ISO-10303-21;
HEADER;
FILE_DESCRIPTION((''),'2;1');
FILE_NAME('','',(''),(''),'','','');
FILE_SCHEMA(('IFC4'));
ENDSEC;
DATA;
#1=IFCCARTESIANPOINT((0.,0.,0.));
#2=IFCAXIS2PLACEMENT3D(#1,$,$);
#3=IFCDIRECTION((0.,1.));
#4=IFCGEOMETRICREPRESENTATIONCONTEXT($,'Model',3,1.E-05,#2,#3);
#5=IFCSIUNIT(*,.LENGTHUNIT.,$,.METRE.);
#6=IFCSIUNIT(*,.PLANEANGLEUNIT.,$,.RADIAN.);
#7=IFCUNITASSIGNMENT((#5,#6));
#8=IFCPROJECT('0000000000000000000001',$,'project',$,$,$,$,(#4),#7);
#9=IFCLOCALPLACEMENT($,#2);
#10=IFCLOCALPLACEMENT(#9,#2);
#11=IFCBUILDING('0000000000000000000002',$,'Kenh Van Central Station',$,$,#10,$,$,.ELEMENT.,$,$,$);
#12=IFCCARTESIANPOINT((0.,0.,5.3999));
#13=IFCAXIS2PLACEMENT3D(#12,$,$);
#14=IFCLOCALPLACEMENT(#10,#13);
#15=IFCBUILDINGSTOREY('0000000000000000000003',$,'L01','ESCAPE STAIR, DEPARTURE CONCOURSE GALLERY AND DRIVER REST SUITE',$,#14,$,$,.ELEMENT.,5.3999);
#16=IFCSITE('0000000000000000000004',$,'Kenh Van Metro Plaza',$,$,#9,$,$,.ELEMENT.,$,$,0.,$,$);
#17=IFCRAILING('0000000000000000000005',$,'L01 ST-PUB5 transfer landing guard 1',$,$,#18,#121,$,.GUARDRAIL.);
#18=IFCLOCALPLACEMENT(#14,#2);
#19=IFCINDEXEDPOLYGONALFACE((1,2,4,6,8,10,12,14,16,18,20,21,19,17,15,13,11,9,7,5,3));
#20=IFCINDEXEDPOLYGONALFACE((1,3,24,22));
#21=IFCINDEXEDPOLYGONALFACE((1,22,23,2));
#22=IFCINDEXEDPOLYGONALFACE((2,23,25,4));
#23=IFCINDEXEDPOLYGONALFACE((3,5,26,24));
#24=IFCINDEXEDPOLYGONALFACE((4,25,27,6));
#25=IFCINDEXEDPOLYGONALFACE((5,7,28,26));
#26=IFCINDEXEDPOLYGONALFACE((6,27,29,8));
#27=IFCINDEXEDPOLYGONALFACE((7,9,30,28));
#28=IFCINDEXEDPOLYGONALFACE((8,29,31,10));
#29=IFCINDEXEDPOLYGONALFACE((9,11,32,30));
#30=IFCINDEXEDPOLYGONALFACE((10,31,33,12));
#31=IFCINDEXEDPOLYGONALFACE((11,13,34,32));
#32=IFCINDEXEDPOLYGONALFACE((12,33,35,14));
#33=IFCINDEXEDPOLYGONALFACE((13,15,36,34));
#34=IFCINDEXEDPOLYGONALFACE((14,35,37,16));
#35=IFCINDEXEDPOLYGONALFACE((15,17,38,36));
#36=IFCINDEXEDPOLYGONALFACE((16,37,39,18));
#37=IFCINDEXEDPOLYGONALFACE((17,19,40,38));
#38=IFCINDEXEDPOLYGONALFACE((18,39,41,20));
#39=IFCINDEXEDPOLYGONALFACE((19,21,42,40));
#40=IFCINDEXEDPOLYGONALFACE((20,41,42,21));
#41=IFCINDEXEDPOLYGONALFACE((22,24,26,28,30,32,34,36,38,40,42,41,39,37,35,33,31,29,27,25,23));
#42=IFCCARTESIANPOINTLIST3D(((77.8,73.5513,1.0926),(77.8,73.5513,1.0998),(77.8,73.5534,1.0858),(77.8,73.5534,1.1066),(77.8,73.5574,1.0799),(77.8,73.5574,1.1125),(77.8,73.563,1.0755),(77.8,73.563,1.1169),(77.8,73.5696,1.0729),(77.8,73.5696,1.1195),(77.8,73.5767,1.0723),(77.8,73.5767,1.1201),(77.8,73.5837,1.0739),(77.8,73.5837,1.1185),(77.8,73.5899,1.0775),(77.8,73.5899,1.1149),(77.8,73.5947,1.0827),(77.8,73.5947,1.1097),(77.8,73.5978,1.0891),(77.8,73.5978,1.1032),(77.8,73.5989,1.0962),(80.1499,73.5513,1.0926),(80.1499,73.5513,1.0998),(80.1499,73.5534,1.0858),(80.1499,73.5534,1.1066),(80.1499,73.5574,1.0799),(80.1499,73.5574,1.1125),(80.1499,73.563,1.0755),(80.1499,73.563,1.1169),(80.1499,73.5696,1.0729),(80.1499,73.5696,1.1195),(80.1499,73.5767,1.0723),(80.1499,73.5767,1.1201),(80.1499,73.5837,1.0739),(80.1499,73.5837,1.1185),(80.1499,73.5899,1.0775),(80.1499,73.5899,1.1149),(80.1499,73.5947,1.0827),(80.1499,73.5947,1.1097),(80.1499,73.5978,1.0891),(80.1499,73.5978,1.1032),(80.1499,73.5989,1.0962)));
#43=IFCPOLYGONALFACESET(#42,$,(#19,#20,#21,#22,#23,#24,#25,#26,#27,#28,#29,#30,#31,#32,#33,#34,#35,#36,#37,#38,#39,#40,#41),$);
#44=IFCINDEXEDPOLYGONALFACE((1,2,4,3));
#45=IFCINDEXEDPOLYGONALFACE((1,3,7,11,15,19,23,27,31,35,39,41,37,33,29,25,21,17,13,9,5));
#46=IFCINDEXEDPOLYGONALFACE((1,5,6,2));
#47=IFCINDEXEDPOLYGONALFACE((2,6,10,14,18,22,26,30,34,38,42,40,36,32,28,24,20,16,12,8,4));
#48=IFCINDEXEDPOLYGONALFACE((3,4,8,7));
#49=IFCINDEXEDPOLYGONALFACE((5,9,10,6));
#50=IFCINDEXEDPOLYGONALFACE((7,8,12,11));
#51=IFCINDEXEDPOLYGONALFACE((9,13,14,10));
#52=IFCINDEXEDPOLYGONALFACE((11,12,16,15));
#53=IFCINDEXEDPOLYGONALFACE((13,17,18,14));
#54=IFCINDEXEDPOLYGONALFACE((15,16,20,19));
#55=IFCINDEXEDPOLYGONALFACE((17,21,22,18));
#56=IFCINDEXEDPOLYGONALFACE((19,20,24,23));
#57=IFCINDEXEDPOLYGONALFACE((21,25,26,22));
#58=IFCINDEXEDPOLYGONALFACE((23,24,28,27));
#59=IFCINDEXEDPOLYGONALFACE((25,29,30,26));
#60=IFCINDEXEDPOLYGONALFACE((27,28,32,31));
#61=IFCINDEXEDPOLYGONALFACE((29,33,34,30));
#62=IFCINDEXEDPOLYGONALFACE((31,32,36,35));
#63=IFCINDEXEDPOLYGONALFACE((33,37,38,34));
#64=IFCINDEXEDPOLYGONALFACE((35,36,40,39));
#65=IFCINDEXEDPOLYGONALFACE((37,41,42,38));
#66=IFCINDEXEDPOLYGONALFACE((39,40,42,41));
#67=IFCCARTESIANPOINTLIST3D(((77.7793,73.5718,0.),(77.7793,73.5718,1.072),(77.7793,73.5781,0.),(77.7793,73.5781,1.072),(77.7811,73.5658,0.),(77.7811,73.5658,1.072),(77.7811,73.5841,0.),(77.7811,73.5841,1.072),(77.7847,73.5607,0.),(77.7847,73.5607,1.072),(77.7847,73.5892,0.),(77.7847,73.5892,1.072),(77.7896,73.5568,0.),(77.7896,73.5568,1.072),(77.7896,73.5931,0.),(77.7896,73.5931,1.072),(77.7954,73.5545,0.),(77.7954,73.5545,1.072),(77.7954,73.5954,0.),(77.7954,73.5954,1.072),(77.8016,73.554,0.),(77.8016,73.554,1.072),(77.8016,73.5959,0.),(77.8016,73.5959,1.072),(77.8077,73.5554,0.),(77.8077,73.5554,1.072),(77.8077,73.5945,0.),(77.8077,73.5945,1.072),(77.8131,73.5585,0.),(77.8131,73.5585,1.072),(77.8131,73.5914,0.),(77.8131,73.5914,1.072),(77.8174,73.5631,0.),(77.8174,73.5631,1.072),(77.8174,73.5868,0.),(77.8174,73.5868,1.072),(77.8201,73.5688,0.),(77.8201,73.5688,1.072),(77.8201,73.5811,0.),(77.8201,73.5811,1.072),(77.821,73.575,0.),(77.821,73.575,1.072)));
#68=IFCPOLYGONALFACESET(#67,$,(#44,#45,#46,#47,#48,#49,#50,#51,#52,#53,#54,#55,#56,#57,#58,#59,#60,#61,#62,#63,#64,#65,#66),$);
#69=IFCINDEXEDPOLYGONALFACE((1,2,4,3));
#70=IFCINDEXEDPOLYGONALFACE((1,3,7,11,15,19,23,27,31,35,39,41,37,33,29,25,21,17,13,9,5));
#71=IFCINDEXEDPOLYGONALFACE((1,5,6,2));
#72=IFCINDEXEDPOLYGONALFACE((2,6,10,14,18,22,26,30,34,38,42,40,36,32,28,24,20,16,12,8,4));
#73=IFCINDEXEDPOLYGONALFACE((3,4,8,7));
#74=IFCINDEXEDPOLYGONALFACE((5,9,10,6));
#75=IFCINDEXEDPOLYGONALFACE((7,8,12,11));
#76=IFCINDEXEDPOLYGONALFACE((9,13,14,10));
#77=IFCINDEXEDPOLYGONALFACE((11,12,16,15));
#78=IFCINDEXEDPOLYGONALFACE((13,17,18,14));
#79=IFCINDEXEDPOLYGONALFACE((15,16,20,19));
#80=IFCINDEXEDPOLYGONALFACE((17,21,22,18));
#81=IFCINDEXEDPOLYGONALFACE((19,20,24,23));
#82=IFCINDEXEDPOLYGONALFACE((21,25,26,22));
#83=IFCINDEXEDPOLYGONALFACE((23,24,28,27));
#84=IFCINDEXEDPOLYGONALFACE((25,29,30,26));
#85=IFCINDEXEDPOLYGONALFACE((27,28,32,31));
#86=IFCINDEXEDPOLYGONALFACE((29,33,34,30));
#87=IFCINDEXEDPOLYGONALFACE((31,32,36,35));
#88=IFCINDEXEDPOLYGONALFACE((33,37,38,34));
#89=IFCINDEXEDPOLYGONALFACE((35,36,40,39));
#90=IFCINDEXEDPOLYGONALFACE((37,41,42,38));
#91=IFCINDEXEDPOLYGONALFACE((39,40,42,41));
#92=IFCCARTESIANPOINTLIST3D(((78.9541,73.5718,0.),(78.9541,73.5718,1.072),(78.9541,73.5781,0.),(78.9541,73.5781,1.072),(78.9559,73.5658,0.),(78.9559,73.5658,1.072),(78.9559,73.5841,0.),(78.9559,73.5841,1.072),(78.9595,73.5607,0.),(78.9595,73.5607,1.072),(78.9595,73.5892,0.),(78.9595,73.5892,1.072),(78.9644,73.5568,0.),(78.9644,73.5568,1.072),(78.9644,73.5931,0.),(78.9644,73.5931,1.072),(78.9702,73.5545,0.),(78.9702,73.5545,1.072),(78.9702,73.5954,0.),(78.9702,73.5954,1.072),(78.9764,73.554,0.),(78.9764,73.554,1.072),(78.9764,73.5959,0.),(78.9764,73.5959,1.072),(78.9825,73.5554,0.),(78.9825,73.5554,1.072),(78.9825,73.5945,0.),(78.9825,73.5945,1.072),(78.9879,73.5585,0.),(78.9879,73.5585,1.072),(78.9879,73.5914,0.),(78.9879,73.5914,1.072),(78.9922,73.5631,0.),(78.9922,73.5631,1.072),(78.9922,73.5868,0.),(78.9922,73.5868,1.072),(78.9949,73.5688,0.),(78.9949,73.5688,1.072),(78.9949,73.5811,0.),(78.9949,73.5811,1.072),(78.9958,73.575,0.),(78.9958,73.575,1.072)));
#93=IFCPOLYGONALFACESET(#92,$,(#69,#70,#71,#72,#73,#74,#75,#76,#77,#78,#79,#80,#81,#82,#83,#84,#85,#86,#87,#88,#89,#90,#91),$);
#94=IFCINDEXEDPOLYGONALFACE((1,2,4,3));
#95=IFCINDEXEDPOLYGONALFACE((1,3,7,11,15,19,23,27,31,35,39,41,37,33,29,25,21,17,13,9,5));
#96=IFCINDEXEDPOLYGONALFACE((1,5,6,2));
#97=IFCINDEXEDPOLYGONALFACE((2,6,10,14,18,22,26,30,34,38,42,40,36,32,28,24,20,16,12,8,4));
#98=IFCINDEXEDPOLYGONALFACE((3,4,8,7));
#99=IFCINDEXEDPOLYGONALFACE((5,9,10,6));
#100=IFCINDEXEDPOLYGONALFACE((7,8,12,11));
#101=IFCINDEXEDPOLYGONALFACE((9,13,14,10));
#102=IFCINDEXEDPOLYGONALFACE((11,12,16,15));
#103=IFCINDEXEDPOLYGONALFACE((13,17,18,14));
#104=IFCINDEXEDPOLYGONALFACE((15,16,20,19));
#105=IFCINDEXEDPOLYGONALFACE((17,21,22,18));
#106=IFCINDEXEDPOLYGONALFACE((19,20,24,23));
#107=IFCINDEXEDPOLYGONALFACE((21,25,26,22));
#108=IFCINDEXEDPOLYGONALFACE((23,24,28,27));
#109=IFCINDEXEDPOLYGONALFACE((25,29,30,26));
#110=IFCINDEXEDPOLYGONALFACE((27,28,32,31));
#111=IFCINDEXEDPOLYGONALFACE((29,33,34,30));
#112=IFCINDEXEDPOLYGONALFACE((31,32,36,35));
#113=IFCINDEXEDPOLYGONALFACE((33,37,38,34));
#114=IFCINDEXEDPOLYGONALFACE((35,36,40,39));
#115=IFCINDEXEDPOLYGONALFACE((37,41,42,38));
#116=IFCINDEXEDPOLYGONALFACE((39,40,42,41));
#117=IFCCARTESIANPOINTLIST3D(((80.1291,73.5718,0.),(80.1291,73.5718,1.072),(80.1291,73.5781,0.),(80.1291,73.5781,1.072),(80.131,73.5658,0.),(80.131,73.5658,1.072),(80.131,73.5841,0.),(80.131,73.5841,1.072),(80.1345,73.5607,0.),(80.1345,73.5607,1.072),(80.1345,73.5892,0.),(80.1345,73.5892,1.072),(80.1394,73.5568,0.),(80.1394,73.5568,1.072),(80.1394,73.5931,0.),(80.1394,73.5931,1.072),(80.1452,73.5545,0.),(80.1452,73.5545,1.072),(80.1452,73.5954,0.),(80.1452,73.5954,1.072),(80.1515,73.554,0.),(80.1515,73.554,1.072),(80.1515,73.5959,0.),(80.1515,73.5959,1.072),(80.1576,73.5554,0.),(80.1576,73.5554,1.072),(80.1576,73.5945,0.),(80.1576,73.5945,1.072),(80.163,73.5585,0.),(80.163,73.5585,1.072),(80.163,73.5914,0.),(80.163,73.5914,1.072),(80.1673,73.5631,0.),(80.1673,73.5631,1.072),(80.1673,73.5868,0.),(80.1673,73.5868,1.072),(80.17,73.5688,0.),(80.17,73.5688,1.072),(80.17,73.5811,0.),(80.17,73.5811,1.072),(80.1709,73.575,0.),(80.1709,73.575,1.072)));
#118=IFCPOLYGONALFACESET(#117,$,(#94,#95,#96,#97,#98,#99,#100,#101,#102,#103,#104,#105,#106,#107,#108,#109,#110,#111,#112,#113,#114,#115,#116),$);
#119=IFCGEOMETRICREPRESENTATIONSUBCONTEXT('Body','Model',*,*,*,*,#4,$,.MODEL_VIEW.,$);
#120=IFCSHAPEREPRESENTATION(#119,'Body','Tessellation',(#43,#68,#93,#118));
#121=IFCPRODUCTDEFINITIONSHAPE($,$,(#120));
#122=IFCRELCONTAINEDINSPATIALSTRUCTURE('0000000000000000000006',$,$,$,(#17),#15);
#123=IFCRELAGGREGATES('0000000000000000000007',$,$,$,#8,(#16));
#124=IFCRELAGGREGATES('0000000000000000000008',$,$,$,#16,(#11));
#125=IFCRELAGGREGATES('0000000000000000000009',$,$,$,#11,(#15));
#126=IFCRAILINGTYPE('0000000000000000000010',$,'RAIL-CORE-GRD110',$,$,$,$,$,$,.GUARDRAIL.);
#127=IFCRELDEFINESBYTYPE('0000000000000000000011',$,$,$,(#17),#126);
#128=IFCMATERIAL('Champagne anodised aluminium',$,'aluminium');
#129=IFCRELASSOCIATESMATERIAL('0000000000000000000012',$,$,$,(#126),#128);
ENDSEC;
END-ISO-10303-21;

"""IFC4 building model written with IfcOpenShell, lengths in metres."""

from ifc_helpers import new_model, si_unit, direction, frame, origin, origin_2d, place, context, subcontext, project, spatial, circle, extrude, material, type_object, element, save


model = new_model("IFC4")

# Units and contexts
model_context = context("Model", 3, precision=1e-05, world=origin(), true_north=direction((0.0, 1.0)))
body_context = subcontext(model_context, "Body", "Model", "MODEL_VIEW")
ifc_project = project(units=[si_unit("LENGTHUNIT", "METRE"), si_unit("PLANEANGLEUNIT", "RADIAN")], contexts=[model_context])

# Site, building, storey
site_placement = place(None, origin())
site = spatial("IfcSite", under=ifc_project, at=site_placement, Name="Kenh Van Metro Plaza", CompositionType="ELEMENT", RefElevation=0.0)
building_placement = place(site_placement, origin())
building = spatial("IfcBuilding", under=site, at=building_placement, Name="Kenh Van Central Station", CompositionType="ELEMENT")
storey_placement = place(building_placement, frame((0.0, 0.0, 5.3999)))
storey = spatial("IfcBuildingStorey", under=building, at=storey_placement, Name="L01", Description="ESCAPE STAIR, DEPARTURE CONCOURSE GALLERY AND DRIVER REST SUITE", CompositionType="ELEMENT", Elevation=5.3999)

# Shared definitions
ifc_material_1 = material(Name="Champagne anodised aluminium", Category="aluminium")

# Railing
railing_type = type_object("IfcRailingType", Name="RAIL-CORE-GRD110", PredefinedType="GUARDRAIL", material=ifc_material_1)
railing_placement = place(storey_placement, frame((77.8, 73.575, 0.0)))
element("IfcRailing", 1, at=railing_placement, inside=storey, type_object=railing_type, Name="L01 ST-PUB5 transfer landing guard 1", PredefinedType="GUARDRAIL", context=body_context, shape_type="SweptSolid", body=[
    extrude(circle(Radius=0.0239, at=origin_2d()), frame((0.0, 0.0, 1.0962), z_axis=(1.0, 0.0, 0.0), x_axis=(0.0, 1.0, 0.0)), (0.0, 0.0, 1.0), 2.3499),
    extrude(circle(Radius=0.021, at=origin_2d()), origin(), (0.0, 0.0, 1.0), 1.072),
    extrude(circle(Radius=0.021, at=origin_2d()), frame((1.1748, 0.0, 0.0)), (0.0, 0.0, 1.0), 1.072),
    extrude(circle(Radius=0.021, at=origin_2d()), frame((2.3499, 0.0, 0.0)), (0.0, 0.0, 1.0), 1.072),
])

save(model, "model.ifc")
